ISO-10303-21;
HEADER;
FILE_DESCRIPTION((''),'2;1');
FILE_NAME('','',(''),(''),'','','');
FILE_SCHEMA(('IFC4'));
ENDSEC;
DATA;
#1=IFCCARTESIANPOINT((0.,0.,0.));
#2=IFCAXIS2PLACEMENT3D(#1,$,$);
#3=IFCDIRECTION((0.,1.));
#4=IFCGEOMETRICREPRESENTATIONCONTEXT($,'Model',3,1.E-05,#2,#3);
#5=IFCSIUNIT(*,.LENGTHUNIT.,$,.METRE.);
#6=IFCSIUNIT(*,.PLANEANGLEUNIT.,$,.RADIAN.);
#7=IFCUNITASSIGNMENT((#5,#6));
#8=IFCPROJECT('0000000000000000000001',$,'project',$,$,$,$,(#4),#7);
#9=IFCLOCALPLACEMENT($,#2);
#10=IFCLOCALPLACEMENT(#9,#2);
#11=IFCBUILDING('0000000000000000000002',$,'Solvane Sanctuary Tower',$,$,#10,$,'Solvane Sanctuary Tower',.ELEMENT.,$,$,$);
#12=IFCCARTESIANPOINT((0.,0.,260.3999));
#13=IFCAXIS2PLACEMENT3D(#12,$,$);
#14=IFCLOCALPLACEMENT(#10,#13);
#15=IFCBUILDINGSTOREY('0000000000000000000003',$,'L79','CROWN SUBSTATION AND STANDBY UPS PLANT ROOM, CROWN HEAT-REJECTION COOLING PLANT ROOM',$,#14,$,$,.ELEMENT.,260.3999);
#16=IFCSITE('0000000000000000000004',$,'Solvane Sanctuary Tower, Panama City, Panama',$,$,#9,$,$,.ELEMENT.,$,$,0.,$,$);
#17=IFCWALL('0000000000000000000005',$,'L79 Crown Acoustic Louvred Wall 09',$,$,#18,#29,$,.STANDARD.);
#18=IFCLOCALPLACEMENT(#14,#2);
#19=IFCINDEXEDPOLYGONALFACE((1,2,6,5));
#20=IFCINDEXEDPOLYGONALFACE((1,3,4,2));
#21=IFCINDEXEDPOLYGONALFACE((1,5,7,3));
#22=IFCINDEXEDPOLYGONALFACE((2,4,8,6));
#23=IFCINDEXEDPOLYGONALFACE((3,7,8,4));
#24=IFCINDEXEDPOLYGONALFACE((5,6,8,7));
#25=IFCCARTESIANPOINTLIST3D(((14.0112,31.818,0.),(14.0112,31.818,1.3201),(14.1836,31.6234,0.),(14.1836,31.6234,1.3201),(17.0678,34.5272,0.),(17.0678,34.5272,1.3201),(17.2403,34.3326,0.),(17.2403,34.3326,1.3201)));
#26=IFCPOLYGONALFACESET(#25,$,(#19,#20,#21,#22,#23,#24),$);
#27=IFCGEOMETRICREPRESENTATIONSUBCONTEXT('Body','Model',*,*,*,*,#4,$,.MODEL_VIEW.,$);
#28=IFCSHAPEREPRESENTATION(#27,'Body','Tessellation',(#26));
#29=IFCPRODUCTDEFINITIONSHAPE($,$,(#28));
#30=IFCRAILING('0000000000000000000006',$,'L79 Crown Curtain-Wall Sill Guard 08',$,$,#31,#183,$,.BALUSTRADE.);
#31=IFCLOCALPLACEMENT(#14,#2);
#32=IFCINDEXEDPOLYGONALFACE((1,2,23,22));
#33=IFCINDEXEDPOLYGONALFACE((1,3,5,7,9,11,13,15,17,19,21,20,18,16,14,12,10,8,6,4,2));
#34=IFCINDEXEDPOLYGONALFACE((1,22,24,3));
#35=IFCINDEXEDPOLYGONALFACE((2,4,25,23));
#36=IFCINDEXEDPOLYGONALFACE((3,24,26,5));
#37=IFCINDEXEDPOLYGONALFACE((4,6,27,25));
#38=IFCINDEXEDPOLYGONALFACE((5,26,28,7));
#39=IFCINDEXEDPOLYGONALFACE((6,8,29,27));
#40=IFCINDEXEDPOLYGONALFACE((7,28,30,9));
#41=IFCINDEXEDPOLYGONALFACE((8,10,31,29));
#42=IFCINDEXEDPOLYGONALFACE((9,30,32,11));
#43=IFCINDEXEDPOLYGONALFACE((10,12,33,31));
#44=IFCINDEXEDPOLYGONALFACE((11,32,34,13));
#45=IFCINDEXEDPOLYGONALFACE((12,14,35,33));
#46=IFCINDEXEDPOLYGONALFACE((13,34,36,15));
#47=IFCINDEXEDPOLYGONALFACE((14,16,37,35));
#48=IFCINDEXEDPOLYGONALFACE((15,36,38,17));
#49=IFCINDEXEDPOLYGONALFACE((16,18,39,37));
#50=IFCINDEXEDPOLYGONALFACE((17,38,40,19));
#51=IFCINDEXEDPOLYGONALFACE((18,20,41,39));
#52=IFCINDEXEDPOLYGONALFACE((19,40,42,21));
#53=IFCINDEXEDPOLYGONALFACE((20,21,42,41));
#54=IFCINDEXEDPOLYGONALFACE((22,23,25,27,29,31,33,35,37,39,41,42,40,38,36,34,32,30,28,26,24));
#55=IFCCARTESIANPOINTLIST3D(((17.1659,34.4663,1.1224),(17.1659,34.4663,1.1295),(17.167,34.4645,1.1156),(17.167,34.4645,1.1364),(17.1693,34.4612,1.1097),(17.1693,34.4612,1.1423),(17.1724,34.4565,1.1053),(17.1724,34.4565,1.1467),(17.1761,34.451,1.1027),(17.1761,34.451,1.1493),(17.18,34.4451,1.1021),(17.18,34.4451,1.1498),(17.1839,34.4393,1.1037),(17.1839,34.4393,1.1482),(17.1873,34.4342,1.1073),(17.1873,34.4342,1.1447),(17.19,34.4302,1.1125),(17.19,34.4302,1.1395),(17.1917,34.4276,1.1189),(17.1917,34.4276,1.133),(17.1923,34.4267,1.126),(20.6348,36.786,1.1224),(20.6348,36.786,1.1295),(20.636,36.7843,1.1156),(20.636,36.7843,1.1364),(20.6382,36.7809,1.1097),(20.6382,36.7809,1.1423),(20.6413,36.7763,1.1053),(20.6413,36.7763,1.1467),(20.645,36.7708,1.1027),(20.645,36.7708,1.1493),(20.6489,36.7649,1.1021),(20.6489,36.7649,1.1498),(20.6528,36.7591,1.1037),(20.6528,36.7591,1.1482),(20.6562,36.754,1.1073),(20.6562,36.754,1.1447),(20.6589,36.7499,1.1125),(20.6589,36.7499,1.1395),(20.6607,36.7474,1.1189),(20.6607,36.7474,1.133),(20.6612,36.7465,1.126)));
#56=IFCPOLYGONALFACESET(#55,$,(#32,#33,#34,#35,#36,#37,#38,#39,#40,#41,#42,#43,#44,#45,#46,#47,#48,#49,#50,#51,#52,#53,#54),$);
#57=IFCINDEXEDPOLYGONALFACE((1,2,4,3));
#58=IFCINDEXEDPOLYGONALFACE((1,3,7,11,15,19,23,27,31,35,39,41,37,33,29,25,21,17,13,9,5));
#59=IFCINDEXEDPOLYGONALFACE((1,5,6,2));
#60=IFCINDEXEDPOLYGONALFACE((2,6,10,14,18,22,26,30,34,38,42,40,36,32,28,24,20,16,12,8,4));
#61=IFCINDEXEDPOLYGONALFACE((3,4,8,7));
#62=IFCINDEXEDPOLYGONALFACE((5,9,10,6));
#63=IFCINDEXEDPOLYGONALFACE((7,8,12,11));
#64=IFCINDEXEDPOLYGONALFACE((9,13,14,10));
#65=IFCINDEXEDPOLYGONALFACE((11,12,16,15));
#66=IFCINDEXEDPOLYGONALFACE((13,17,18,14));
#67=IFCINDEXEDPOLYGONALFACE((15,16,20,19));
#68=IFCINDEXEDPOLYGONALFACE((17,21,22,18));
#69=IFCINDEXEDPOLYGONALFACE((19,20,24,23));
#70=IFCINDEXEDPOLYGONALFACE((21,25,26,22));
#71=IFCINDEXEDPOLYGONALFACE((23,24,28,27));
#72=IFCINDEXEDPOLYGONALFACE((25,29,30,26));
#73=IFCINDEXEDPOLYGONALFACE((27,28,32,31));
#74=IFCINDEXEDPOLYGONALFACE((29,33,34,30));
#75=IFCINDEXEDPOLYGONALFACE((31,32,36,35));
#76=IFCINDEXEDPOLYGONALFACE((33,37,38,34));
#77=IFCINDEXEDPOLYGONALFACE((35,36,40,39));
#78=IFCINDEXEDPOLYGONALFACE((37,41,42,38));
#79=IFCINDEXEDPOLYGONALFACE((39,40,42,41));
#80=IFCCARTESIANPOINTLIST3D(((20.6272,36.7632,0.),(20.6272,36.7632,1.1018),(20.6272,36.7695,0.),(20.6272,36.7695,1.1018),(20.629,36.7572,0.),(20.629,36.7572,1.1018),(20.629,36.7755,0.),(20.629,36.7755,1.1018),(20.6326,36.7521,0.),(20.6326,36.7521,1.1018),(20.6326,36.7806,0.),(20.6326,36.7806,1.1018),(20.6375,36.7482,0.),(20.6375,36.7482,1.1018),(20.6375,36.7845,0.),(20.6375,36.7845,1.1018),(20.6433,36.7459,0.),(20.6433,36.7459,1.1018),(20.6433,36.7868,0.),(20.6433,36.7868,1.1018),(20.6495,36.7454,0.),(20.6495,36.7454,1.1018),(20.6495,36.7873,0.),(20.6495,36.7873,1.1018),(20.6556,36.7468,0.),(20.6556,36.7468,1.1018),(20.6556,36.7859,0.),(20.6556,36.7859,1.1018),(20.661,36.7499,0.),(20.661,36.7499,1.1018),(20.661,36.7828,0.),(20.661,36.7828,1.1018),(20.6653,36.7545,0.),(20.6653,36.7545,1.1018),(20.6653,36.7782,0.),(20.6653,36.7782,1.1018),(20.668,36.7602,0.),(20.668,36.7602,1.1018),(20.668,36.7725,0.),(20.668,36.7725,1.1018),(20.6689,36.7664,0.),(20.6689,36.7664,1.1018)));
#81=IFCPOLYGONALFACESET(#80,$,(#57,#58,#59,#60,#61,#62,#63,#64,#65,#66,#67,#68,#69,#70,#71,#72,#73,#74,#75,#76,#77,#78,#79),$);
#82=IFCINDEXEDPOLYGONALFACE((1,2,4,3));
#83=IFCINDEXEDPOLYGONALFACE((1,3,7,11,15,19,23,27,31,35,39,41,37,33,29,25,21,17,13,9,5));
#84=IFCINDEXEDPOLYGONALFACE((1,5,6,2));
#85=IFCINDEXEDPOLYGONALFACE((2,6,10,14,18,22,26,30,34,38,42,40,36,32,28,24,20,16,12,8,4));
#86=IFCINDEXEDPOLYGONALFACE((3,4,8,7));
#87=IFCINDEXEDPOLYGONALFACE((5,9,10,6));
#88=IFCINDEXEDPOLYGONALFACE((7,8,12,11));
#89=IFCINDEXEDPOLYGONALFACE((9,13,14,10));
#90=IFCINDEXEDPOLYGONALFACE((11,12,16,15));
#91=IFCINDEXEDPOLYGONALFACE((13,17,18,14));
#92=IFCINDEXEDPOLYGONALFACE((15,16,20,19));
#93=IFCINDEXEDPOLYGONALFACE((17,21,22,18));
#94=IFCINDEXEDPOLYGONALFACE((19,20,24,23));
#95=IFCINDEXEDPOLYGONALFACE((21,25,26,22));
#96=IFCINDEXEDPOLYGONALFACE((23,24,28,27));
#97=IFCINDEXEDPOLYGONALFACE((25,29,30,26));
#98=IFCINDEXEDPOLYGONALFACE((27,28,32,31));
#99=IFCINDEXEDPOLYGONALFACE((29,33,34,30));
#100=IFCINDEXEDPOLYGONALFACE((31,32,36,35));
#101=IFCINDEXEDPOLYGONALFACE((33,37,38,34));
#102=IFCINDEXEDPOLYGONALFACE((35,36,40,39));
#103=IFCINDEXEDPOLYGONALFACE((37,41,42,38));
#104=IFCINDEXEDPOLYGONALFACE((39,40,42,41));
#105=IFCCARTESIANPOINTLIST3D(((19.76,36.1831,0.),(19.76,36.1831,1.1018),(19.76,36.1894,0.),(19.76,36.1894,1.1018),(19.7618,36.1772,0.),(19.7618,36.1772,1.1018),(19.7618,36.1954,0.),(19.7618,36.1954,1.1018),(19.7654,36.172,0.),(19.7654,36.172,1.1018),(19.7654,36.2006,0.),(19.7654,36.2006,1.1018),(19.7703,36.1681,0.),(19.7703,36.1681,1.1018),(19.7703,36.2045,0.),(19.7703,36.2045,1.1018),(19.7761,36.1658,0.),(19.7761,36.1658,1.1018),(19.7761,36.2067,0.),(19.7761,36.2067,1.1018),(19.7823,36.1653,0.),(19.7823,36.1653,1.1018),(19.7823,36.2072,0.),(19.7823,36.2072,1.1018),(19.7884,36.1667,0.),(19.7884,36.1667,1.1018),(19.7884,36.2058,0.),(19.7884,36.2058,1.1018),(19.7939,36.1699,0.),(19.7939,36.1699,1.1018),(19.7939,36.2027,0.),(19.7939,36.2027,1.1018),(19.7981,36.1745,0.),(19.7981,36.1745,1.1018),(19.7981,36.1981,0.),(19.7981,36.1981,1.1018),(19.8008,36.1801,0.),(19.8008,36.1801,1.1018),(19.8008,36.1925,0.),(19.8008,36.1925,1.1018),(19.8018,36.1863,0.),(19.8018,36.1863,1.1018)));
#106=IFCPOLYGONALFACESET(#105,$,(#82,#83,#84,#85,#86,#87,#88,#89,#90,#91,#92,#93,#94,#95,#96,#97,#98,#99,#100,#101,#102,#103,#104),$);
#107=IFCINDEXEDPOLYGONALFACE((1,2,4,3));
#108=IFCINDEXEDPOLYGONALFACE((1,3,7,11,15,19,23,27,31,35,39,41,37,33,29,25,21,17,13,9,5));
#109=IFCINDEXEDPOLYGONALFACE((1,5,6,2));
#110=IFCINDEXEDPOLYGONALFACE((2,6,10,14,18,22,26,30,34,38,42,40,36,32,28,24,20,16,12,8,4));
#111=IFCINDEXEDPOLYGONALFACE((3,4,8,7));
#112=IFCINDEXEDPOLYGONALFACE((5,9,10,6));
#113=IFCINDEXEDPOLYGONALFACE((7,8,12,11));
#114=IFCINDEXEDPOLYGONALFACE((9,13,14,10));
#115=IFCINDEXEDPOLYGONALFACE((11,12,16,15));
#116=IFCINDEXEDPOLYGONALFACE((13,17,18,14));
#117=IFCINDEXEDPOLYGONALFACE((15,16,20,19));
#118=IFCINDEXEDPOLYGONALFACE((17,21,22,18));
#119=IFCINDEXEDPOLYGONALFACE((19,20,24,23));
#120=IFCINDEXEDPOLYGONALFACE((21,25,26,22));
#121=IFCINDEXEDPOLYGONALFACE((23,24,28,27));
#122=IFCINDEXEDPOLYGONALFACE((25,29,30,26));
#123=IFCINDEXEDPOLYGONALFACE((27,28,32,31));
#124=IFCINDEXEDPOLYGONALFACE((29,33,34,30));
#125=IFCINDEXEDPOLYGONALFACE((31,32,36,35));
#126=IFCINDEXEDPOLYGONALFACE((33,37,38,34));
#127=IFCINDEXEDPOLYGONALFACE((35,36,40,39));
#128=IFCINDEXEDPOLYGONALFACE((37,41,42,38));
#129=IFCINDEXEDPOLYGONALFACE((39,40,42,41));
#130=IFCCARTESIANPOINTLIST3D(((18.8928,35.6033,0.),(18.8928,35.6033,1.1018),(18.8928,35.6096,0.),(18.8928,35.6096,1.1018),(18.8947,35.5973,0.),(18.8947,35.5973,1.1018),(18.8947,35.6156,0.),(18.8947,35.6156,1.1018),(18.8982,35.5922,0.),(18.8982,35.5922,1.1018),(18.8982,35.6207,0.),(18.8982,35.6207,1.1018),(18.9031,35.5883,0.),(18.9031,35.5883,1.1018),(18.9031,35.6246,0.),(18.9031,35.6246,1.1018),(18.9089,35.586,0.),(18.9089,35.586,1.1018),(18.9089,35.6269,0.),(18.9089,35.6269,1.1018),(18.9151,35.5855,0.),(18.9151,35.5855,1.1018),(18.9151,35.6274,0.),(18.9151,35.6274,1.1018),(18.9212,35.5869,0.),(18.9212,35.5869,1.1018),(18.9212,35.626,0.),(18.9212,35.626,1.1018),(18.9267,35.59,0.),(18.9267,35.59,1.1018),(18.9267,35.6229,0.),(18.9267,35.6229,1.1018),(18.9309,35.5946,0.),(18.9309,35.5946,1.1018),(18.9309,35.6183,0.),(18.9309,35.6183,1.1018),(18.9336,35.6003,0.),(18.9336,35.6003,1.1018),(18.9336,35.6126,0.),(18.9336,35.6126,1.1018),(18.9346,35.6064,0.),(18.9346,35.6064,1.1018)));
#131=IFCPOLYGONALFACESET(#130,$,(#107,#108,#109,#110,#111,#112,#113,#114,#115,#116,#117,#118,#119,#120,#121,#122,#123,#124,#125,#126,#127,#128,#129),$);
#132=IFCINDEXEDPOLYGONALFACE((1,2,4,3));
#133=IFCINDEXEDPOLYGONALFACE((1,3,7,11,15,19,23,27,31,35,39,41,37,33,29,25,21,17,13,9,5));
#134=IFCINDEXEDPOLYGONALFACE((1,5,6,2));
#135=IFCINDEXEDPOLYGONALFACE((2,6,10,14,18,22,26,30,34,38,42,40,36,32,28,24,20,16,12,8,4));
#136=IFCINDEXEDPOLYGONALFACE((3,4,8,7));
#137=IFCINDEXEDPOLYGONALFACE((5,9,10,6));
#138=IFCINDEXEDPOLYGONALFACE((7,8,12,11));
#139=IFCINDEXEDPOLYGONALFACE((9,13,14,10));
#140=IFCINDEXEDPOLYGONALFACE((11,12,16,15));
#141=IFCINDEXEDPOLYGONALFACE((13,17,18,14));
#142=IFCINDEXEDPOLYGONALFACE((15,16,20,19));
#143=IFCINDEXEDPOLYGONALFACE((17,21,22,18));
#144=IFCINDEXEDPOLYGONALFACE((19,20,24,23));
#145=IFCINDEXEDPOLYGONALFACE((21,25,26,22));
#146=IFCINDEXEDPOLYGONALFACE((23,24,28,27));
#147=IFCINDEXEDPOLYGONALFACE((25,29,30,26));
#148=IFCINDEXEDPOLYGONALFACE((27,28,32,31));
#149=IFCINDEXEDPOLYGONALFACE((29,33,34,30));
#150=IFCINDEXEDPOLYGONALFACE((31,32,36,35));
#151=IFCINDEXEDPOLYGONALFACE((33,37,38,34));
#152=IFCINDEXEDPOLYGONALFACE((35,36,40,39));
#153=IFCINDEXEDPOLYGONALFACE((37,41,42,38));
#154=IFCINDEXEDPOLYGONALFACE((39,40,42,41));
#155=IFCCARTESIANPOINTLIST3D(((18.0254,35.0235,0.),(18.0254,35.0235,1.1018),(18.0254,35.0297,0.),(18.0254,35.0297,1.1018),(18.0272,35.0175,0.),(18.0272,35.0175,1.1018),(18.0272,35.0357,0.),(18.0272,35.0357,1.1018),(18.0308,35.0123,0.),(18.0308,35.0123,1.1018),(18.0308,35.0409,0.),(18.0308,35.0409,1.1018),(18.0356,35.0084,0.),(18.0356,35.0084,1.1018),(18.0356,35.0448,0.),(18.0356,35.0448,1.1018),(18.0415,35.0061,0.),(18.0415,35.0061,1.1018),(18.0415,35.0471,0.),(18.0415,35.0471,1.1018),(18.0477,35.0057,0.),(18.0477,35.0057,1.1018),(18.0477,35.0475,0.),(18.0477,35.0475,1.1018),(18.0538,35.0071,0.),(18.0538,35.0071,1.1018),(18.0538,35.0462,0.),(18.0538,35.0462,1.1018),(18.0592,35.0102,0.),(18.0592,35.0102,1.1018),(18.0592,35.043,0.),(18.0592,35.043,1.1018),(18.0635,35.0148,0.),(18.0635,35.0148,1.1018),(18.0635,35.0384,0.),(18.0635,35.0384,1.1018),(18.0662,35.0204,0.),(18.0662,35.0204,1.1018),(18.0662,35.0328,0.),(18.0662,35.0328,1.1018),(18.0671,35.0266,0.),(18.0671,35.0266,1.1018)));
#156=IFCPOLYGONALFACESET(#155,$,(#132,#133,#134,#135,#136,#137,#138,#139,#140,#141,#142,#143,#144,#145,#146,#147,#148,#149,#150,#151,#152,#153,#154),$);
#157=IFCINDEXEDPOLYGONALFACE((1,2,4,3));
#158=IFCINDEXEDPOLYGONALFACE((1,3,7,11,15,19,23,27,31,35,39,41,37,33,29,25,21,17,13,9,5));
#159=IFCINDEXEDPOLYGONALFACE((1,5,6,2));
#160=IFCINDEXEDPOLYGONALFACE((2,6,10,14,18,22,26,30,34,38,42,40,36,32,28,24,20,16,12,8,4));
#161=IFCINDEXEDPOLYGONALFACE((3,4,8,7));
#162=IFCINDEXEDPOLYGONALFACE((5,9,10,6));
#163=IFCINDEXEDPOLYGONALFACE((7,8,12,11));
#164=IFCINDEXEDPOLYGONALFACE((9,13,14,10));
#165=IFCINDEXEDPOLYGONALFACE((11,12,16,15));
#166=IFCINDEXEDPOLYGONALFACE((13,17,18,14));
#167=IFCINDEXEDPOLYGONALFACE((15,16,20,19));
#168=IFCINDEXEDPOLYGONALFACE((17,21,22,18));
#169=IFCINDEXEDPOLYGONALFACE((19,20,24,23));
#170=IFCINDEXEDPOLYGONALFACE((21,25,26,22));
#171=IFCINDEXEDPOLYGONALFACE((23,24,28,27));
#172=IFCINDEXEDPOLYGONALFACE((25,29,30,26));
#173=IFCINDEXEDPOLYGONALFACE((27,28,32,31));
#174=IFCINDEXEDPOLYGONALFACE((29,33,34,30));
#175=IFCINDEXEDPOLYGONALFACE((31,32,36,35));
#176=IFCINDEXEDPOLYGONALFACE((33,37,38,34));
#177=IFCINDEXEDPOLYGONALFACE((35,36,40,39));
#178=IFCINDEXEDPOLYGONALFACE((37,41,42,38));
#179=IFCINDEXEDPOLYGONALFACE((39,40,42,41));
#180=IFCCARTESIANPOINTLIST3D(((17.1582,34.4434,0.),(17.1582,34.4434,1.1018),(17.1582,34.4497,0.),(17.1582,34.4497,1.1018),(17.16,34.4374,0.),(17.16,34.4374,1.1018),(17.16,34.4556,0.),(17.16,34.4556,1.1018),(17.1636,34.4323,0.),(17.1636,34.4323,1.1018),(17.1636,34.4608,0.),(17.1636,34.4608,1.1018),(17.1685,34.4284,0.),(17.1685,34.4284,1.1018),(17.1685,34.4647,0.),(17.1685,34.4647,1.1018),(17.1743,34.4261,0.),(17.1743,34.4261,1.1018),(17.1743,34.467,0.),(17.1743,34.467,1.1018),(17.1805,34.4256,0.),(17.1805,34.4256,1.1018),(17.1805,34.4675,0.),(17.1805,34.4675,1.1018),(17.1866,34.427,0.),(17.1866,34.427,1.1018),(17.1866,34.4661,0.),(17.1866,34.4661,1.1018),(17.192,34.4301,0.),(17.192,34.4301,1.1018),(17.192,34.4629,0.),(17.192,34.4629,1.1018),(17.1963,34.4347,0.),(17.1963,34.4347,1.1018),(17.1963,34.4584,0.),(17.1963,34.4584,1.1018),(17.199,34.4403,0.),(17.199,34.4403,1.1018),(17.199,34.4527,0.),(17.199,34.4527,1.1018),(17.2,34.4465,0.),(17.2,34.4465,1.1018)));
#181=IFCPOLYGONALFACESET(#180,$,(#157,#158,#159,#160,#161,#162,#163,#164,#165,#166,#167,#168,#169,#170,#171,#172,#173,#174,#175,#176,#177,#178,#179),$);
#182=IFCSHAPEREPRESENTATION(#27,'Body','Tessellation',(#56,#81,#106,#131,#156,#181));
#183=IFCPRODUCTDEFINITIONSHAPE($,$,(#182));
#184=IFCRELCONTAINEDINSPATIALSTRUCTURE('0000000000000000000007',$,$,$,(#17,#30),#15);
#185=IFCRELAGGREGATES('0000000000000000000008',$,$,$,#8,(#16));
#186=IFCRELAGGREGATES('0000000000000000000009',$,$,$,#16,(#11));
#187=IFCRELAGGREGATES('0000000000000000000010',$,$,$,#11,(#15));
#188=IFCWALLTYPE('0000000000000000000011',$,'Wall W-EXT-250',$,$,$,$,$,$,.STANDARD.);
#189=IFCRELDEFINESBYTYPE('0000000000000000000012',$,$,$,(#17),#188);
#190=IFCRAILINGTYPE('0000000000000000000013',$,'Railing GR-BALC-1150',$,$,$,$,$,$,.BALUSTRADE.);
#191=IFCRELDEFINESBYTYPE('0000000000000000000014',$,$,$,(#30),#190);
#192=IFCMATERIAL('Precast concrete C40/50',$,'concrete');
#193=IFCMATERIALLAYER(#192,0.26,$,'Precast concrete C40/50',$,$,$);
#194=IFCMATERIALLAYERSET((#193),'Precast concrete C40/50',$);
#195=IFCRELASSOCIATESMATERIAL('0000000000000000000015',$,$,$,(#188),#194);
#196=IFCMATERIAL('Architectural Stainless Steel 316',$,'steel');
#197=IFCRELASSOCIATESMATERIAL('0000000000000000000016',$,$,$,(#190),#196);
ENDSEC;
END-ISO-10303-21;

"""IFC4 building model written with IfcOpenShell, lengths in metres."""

from ifc_helpers import new_model, si_unit, direction, frame, frame_2d, origin, origin_2d, place, context, subcontext, project, spatial, rectangle, circle, extrude, material, layer, layer_set, type_object, element, save


model = new_model("IFC4")

# Units and contexts
model_context = context("Model", 3, precision=1e-05, world=origin(), true_north=direction((0.0, 1.0)))
body_context = subcontext(model_context, "Body", "Model", "MODEL_VIEW")
ifc_project = project(units=[si_unit("LENGTHUNIT", "METRE"), si_unit("PLANEANGLEUNIT", "RADIAN")], contexts=[model_context])

# Site, building, storey
site_placement = place(None, origin())
site = spatial("IfcSite", under=ifc_project, at=site_placement, Name="Solvane Sanctuary Tower, Panama City, Panama", CompositionType="ELEMENT", RefElevation=0.0)
building_placement = place(site_placement, origin())
building = spatial("IfcBuilding", under=site, at=building_placement, Name="Solvane Sanctuary Tower", LongName="Solvane Sanctuary Tower", CompositionType="ELEMENT")
storey_placement = place(building_placement, frame((0.0, 0.0, 260.3999)))
storey = spatial("IfcBuildingStorey", under=building, at=storey_placement, Name="L79", Description="CROWN SUBSTATION AND STANDBY UPS PLANT ROOM, CROWN HEAT-REJECTION COOLING PLANT ROOM", CompositionType="ELEMENT", Elevation=260.3999)

# Wall
ifc_material_1 = material(Name="Precast concrete C40/50", Category="concrete")
ifc_layer_1 = layer(ifc_material_1, 0.26, Name="Precast concrete C40/50")
ifc_layer_set_1 = layer_set([ifc_layer_1], Name="Precast concrete C40/50")
wall_type = type_object("IfcWallType", Name="Wall W-EXT-250", PredefinedType="STANDARD", material=ifc_layer_set_1)
wall_placement = place(storey_placement, frame((17.1541, 34.4299, 0.0), z_axis=(0.0, 0.0, 1.0), x_axis=(-0.748355, -0.663298, 0.0)))
element("IfcWall", 1, at=wall_placement, inside=storey, type_object=wall_type, Name="L79 Crown Acoustic Louvred Wall 09", PredefinedType="STANDARD", context=body_context, shape_type="SweptSolid", body=[
    extrude(rectangle(XDim=4.0845, YDim=0.26, at=frame_2d((2.0422, 0.0))), origin(), (0.0, 0.0, 1.0), 1.3201),
])

# Railing
ifc_material_2 = material(Name="Architectural Stainless Steel 316", Category="steel")
railing_type = type_object("IfcRailingType", Name="Railing GR-BALC-1150", PredefinedType="BALUSTRADE", material=ifc_material_2)
railing_1_placement = place(storey_placement, frame((20.6479, 36.7664, 0.0)))
element("IfcRailing", 2, at=railing_1_placement, inside=storey, type_object=railing_type, Name="L79 Crown Curtain-Wall Sill Guard 08", PredefinedType="BALUSTRADE", context=body_context, shape_type="SweptSolid", body=[
    extrude(circle(Radius=0.0239, at=origin_2d()), frame((0.0, 0.0, 1.126), z_axis=(-0.831257, -0.555888, 0.0), x_axis=(0.555888, -0.831257, 0.0)), (0.0, 0.0, 1.0), 4.1731),
    extrude(circle(Radius=0.021, at=origin_2d()), origin(), (0.0, 0.0, 1.0), 1.1018),
    extrude(circle(Radius=0.021, at=origin_2d()), frame((-0.8672, -0.5801, 0.0)), (0.0, 0.0, 1.0), 1.1018),
    extrude(circle(Radius=0.021, at=origin_2d()), frame((-1.7344, -1.1599, 0.0)), (0.0, 0.0, 1.0), 1.1018),
    extrude(circle(Radius=0.021, at=origin_2d()), frame((-2.6018, -1.7397, 0.0)), (0.0, 0.0, 1.0), 1.1018),
    extrude(circle(Radius=0.021, at=origin_2d()), frame((-3.469, -2.3198, 0.0)), (0.0, 0.0, 1.0), 1.1018),
])

save(model, "model.ifc")
